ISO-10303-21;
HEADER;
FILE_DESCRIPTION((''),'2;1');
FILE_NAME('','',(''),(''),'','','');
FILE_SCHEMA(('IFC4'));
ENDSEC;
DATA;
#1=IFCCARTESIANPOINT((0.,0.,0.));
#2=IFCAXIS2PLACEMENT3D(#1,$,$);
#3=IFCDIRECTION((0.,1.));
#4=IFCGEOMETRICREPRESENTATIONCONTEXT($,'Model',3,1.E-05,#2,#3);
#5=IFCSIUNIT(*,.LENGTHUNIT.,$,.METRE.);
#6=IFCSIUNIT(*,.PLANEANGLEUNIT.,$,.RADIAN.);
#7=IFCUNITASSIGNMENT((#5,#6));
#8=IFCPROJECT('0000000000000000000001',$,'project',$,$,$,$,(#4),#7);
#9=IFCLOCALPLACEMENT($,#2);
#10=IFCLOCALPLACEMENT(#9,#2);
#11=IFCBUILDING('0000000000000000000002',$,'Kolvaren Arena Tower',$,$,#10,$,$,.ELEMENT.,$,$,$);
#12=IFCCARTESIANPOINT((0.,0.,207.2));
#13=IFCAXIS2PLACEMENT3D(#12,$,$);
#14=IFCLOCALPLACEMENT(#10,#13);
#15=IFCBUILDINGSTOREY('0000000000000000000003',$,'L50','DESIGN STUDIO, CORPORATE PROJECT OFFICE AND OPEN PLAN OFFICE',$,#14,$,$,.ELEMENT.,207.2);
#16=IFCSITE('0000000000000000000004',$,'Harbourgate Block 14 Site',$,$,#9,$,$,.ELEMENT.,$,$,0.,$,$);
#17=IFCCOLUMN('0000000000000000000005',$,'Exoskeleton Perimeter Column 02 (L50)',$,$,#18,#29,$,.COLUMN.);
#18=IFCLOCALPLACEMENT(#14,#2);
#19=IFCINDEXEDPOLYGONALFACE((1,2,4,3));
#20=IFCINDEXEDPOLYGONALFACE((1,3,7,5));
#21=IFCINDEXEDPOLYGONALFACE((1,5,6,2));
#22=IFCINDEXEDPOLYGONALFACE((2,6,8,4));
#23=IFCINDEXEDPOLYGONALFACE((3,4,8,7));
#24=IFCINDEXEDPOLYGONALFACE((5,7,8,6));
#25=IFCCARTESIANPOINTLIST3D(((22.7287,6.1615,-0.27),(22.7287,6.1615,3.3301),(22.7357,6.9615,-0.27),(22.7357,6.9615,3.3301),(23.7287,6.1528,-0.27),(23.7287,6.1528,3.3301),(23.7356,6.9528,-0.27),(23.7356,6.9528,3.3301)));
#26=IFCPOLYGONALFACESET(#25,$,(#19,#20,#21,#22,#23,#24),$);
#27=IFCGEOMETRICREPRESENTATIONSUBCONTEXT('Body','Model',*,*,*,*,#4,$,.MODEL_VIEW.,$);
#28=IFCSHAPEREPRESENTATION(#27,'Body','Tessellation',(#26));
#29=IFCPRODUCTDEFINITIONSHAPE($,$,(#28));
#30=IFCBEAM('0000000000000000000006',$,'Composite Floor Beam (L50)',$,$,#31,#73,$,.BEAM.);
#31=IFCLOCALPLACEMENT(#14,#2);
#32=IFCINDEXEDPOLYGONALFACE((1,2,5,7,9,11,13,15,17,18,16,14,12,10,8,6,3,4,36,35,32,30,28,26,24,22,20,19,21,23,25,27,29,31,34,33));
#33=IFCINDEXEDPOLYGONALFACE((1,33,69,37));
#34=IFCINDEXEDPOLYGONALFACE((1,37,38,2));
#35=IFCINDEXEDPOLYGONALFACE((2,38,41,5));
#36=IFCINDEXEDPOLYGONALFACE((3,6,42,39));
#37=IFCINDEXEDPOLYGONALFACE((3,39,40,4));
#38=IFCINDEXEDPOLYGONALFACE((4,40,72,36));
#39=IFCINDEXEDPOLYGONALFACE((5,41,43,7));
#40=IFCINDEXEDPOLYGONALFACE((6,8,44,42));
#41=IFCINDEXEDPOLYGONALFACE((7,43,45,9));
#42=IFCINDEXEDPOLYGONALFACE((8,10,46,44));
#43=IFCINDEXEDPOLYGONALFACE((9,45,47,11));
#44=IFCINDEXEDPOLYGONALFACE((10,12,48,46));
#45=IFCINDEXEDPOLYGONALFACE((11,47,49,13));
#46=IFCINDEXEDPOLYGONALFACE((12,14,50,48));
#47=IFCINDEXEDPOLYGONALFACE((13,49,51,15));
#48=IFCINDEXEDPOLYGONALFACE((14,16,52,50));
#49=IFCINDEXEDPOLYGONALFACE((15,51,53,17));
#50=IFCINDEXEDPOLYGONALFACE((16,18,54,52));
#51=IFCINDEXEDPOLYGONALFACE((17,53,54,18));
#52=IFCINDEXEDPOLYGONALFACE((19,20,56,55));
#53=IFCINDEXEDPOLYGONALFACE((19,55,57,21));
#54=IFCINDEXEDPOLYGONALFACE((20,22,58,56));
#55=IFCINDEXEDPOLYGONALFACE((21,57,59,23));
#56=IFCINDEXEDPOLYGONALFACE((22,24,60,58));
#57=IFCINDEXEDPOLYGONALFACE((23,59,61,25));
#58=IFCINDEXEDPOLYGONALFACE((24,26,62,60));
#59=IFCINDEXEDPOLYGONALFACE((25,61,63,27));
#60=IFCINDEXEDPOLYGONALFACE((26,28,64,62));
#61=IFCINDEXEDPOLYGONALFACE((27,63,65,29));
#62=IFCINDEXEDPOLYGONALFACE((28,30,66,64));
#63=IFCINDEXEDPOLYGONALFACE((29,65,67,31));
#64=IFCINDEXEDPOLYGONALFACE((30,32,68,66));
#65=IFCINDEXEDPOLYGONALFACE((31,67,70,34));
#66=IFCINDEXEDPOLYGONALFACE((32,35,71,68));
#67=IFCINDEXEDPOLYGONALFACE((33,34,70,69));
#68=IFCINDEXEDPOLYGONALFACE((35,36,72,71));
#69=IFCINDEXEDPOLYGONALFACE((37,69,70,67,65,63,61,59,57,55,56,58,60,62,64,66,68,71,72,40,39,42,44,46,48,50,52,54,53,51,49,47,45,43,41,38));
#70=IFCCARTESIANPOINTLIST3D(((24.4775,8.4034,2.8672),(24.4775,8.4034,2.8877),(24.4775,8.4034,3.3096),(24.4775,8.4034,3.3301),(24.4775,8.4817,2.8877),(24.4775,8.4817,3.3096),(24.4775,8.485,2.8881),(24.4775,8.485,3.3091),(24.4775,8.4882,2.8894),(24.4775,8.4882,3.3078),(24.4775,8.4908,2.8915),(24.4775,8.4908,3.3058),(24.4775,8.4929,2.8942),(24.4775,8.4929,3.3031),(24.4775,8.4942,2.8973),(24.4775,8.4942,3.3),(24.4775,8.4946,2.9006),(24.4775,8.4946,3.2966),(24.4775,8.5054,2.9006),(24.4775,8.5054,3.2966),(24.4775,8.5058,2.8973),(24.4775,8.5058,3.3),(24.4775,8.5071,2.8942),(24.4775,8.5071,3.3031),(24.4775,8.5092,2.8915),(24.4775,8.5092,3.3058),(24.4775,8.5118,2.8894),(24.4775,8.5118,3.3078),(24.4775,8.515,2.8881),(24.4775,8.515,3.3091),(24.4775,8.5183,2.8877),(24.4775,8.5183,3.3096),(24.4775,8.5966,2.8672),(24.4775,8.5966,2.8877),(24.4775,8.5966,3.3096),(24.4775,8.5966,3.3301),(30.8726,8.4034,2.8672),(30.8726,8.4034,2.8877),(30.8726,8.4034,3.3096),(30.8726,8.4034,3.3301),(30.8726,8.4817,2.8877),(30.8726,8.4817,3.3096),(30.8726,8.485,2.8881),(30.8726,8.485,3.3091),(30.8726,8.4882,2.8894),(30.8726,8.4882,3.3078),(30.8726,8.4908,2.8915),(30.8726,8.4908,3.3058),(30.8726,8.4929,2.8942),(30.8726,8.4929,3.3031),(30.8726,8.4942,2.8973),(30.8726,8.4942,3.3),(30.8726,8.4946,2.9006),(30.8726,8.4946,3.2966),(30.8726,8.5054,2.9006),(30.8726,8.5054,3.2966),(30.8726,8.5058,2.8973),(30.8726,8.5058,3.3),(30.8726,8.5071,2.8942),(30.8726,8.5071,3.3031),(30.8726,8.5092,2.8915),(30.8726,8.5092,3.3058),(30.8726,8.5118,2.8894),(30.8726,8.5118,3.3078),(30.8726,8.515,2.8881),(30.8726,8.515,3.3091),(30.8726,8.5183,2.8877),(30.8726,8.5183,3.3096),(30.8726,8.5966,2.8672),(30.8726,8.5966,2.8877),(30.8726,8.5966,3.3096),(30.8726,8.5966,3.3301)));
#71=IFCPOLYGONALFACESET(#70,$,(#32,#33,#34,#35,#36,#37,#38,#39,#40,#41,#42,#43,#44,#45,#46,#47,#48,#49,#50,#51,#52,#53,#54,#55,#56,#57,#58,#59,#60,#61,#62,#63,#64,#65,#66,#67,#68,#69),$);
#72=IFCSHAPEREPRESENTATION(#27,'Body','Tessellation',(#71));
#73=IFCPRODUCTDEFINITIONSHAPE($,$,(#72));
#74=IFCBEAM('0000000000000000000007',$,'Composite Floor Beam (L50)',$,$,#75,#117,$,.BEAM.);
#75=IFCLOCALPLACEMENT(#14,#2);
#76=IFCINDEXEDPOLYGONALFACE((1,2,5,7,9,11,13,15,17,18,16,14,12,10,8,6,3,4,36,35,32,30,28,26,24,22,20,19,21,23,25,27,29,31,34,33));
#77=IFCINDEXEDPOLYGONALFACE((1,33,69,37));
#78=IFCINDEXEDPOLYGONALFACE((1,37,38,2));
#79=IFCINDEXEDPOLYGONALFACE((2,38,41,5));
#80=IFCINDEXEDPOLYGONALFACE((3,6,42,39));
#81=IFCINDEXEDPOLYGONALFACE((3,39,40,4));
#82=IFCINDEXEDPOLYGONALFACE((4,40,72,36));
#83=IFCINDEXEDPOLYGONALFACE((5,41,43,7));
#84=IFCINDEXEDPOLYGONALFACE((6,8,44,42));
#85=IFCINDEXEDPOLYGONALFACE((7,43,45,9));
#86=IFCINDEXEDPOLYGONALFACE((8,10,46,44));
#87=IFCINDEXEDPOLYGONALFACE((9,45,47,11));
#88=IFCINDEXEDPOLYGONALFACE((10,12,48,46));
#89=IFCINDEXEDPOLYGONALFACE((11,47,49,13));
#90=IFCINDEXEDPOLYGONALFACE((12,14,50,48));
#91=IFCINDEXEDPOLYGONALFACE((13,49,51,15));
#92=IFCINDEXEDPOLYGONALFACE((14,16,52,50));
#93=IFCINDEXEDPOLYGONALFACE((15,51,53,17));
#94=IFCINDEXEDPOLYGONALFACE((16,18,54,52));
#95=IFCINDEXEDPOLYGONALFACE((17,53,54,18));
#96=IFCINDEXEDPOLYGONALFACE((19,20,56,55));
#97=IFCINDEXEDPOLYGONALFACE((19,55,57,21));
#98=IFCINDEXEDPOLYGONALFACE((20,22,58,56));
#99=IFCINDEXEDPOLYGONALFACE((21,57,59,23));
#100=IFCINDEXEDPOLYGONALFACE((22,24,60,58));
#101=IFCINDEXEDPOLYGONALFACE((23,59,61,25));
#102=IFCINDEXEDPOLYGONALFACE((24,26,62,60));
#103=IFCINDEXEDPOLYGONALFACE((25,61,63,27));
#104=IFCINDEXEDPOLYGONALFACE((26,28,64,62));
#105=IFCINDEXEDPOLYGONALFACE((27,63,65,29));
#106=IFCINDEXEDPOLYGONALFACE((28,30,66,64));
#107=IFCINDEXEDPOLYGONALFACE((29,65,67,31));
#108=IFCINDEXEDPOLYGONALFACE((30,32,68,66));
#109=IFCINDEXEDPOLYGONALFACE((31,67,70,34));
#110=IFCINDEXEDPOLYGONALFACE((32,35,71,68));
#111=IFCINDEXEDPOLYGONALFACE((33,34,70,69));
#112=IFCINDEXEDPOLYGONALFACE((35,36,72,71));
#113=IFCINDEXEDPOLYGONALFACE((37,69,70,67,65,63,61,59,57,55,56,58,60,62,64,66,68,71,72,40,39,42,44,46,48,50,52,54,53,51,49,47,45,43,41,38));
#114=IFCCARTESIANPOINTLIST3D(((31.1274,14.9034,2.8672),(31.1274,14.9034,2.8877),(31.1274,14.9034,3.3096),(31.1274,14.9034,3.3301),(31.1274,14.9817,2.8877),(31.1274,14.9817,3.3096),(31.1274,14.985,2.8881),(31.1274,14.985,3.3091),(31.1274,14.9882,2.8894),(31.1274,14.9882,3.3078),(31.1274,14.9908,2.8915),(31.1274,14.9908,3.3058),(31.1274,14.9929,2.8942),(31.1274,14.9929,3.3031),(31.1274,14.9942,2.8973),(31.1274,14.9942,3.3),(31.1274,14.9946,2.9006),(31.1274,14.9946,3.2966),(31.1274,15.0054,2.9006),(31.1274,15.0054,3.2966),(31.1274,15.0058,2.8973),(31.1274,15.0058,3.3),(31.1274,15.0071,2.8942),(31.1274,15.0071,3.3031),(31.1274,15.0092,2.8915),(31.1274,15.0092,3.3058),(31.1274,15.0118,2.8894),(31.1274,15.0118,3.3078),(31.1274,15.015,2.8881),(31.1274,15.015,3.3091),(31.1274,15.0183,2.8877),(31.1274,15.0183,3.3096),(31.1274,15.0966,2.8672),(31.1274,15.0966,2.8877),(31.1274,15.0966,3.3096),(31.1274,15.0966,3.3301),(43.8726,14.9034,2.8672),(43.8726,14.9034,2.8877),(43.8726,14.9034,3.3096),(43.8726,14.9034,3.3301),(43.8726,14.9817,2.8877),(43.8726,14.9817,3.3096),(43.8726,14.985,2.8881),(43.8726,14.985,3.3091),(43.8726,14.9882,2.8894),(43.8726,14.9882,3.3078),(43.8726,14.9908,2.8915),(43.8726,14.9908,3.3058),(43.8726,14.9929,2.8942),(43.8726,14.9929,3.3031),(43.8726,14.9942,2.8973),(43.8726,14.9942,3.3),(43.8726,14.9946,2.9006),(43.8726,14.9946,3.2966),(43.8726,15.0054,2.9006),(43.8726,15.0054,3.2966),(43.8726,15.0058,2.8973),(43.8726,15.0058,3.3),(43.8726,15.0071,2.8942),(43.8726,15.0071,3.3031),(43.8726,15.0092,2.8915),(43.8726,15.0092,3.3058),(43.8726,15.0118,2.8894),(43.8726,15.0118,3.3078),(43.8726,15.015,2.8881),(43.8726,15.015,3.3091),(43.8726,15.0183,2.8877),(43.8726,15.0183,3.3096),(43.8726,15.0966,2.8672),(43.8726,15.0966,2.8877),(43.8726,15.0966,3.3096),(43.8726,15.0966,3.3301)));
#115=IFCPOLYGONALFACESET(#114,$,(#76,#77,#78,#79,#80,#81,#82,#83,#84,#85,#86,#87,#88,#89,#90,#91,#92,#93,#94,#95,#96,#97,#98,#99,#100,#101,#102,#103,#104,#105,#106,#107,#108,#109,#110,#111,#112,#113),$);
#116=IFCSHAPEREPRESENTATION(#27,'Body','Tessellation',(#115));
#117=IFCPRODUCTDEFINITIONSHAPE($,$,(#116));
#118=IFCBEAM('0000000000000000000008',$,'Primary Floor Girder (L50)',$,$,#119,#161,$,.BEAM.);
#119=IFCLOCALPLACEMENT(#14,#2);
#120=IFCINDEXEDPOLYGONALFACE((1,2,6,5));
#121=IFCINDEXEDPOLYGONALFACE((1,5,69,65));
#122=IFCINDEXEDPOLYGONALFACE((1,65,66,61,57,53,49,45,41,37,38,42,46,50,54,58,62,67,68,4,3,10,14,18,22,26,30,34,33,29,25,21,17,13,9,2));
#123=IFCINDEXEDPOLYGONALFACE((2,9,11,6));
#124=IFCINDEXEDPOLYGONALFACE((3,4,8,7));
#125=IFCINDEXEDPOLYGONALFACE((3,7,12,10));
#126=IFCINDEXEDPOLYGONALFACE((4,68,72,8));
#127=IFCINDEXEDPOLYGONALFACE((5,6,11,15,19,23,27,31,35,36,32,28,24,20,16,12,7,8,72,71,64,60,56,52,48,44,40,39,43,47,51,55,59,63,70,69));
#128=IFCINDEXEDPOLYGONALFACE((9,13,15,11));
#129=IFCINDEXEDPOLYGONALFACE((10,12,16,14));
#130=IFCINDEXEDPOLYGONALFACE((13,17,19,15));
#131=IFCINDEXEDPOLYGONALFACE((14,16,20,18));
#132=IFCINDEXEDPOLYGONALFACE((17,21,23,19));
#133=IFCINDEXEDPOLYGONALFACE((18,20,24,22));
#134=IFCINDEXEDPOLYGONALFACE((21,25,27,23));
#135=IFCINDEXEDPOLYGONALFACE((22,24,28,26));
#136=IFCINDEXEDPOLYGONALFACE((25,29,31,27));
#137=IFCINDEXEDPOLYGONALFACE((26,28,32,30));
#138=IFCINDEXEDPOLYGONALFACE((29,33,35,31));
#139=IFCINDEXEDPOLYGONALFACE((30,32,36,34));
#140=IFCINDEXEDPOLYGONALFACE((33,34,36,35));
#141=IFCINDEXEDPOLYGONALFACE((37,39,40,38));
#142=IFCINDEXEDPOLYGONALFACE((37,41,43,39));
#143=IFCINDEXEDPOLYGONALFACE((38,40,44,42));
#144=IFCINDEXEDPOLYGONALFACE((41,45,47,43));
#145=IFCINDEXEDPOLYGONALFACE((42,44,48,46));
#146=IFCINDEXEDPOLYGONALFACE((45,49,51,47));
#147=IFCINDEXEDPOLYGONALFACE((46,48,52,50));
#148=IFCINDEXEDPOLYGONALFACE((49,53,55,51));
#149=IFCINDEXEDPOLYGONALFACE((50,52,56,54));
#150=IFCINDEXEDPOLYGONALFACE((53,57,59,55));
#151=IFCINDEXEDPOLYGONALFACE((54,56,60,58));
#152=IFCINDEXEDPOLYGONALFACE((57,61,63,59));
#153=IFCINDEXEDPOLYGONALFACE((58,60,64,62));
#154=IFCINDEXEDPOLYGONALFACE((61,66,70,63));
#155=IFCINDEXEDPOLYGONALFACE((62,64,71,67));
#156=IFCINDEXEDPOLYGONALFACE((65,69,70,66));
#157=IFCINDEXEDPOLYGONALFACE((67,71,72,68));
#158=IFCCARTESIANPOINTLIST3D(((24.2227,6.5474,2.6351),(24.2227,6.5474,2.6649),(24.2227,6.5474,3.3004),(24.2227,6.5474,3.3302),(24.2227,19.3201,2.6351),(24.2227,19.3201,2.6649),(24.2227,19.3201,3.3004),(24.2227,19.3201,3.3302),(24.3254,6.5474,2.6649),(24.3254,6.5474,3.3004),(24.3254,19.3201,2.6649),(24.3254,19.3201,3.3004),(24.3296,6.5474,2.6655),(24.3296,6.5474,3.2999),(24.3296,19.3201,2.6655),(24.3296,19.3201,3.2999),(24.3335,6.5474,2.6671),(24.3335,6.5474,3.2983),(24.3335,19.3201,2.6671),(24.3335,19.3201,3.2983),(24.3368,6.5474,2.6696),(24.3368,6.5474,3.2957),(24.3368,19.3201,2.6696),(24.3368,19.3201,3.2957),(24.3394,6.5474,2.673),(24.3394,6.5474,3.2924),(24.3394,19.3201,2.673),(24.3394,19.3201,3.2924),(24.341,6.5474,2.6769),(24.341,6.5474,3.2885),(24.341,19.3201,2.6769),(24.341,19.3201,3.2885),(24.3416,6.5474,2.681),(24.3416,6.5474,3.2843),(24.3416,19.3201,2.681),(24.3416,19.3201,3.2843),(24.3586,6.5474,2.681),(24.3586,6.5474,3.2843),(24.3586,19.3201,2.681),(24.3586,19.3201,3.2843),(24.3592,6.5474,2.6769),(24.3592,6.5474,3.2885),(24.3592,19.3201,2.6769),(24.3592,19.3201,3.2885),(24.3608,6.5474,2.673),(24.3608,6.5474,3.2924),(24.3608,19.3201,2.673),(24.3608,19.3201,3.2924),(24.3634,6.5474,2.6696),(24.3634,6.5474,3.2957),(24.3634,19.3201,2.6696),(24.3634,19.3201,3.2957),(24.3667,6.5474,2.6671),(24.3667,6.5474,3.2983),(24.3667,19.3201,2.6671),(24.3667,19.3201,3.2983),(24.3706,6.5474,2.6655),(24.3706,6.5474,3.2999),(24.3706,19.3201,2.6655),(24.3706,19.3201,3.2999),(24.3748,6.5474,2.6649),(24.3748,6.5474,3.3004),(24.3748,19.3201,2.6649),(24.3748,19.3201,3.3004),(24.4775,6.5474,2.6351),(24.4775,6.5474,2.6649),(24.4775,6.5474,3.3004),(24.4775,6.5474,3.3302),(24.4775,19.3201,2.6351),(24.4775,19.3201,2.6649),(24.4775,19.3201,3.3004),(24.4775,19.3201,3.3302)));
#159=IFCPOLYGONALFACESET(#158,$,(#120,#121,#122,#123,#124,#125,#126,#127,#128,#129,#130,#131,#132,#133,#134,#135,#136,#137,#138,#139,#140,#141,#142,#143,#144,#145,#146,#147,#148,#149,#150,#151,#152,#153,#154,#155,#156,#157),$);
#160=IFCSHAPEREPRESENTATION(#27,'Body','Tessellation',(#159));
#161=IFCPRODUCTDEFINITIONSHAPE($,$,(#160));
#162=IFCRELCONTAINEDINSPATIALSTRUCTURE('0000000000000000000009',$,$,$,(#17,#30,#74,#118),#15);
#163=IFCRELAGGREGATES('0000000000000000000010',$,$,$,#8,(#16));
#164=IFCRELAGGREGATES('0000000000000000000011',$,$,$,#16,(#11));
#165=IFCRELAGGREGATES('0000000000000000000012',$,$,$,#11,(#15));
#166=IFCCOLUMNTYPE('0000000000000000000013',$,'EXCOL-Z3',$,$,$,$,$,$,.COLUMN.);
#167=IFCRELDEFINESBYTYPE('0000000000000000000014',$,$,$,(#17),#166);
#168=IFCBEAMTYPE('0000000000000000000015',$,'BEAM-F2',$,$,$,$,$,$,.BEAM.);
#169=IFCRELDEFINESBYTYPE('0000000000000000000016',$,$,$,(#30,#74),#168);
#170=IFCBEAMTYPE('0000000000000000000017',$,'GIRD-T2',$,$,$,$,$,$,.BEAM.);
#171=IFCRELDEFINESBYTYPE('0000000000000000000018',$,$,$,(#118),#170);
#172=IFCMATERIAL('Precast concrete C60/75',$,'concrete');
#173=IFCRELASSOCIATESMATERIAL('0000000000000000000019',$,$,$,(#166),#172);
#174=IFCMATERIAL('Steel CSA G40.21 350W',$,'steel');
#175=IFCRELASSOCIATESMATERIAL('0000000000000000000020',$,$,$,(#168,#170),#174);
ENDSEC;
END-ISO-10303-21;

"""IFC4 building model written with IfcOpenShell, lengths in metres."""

from ifc_helpers import new_model, si_unit, direction, frame, origin, origin_2d, place, context, subcontext, project, spatial, rectangle, i_section, extrude, material, material_profile, profile_set, type_object, element, save


model = new_model("IFC4")

# Units and contexts
model_context = context("Model", 3, precision=1e-05, world=origin(), true_north=direction((0.0, 1.0)))
body_context = subcontext(model_context, "Body", "Model", "MODEL_VIEW")
ifc_project = project(units=[si_unit("LENGTHUNIT", "METRE"), si_unit("PLANEANGLEUNIT", "RADIAN")], contexts=[model_context])

# Site, building, storey
site_placement = place(None, origin())
site = spatial("IfcSite", under=ifc_project, at=site_placement, Name="Harbourgate Block 14 Site", CompositionType="ELEMENT", RefElevation=0.0)
building_placement = place(site_placement, origin())
building = spatial("IfcBuilding", under=site, at=building_placement, Name="Kolvaren Arena Tower", CompositionType="ELEMENT")
storey_placement = place(building_placement, frame((0.0, 0.0, 207.2)))
storey = spatial("IfcBuildingStorey", under=building, at=storey_placement, Name="L50", Description="DESIGN STUDIO, CORPORATE PROJECT OFFICE AND OPEN PLAN OFFICE", CompositionType="ELEMENT", Elevation=207.2)

# Column
ifc_material_1 = material(Name="Precast concrete C60/75", Category="concrete")
ifc_material_profile_1 = material_profile(ifc_material_1, rectangle(XDim=1.0, YDim=0.8, at=origin_2d()), Name="RC-1000x800")
ifc_profile_set_1 = profile_set([ifc_material_profile_1], Name="Precast concrete C60/75")
column_type = type_object("IfcColumnType", Name="EXCOL-Z3", PredefinedType="COLUMN", material=ifc_profile_set_1)
column_placement = place(storey_placement, frame((23.2322, 6.5571, -0.27), z_axis=(0.0, 0.0, 1.0), x_axis=(0.999962, -0.008727, 0.0)))
element("IfcColumn", 1, at=column_placement, inside=storey, type_object=column_type, Name="Exoskeleton Perimeter Column 02 (L50)", PredefinedType="COLUMN", context=body_context, shape_type="SweptSolid", body=[
    extrude(rectangle(XDim=1.0, YDim=0.8, at=origin_2d()), origin(), (0.0, 0.0, 1.0), 3.6001),
])

# Beams
ifc_material_2 = material(Name="Steel CSA G40.21 350W", Category="steel")
ifc_material_profile_2 = material_profile(ifc_material_2, i_section(OverallWidth=0.1931, OverallDepth=0.4629, WebThickness=0.0107, FlangeThickness=0.0205, FilletRadius=0.0129, at=origin_2d()), Name="W460x113")
ifc_profile_set_2 = profile_set([ifc_material_profile_2], Name="Steel CSA G40.21 350W")
beam_type_1 = type_object("IfcBeamType", Name="BEAM-F2", PredefinedType="BEAM", material=ifc_profile_set_2)
beam_1_placement = place(storey_placement, frame((24.4775, 8.5, 3.0986), z_axis=(1.0, 0.0, 0.0), x_axis=(0.0, 1.0, 0.0)))
element("IfcBeam", 2, at=beam_1_placement, inside=storey, type_object=beam_type_1, Name="Composite Floor Beam (L50)", PredefinedType="BEAM", context=body_context, shape_type="SweptSolid", body=[
    extrude(i_section(OverallWidth=0.1931, OverallDepth=0.4629, WebThickness=0.0107, FlangeThickness=0.0205, FilletRadius=0.0129, at=origin_2d()), origin(), (0.0, 0.0, 1.0), 6.395),
])
beam_2_placement = place(storey_placement, frame((31.1274, 15.0, 3.0986), z_axis=(1.0, 0.0, 0.0), x_axis=(0.0, 1.0, 0.0)))
element("IfcBeam", 3, at=beam_2_placement, inside=storey, type_object=beam_type_1, Name="Composite Floor Beam (L50)", PredefinedType="BEAM", context=body_context, shape_type="SweptSolid", body=[
    extrude(i_section(OverallWidth=0.1931, OverallDepth=0.4629, WebThickness=0.0107, FlangeThickness=0.0205, FilletRadius=0.0129, at=origin_2d()), origin(), (0.0, 0.0, 1.0), 12.7451),
])
ifc_material_profile_3 = material_profile(ifc_material_2, i_section(OverallWidth=0.2549, OverallDepth=0.6951, WebThickness=0.0171, FlangeThickness=0.0298, FilletRadius=0.0161, at=origin_2d()), Name="W690x217")
ifc_profile_set_3 = profile_set([ifc_material_profile_3], Name="Steel CSA G40.21 350W")
beam_type_2 = type_object("IfcBeamType", Name="GIRD-T2", PredefinedType="BEAM", material=ifc_profile_set_3)
beam_3_placement = place(storey_placement, frame((24.3501, 6.5474, 2.9827), z_axis=(0.0, 1.0, 0.0), x_axis=(-1.0, 0.0, 0.0)))
element("IfcBeam", 4, at=beam_3_placement, inside=storey, type_object=beam_type_2, Name="Primary Floor Girder (L50)", PredefinedType="BEAM", context=body_context, shape_type="SweptSolid", body=[
    extrude(i_section(OverallWidth=0.2549, OverallDepth=0.6951, WebThickness=0.0171, FlangeThickness=0.0298, FilletRadius=0.0161, at=origin_2d()), origin(), (0.0, 0.0, 1.0), 12.7727),
])

save(model, "model.ifc")
